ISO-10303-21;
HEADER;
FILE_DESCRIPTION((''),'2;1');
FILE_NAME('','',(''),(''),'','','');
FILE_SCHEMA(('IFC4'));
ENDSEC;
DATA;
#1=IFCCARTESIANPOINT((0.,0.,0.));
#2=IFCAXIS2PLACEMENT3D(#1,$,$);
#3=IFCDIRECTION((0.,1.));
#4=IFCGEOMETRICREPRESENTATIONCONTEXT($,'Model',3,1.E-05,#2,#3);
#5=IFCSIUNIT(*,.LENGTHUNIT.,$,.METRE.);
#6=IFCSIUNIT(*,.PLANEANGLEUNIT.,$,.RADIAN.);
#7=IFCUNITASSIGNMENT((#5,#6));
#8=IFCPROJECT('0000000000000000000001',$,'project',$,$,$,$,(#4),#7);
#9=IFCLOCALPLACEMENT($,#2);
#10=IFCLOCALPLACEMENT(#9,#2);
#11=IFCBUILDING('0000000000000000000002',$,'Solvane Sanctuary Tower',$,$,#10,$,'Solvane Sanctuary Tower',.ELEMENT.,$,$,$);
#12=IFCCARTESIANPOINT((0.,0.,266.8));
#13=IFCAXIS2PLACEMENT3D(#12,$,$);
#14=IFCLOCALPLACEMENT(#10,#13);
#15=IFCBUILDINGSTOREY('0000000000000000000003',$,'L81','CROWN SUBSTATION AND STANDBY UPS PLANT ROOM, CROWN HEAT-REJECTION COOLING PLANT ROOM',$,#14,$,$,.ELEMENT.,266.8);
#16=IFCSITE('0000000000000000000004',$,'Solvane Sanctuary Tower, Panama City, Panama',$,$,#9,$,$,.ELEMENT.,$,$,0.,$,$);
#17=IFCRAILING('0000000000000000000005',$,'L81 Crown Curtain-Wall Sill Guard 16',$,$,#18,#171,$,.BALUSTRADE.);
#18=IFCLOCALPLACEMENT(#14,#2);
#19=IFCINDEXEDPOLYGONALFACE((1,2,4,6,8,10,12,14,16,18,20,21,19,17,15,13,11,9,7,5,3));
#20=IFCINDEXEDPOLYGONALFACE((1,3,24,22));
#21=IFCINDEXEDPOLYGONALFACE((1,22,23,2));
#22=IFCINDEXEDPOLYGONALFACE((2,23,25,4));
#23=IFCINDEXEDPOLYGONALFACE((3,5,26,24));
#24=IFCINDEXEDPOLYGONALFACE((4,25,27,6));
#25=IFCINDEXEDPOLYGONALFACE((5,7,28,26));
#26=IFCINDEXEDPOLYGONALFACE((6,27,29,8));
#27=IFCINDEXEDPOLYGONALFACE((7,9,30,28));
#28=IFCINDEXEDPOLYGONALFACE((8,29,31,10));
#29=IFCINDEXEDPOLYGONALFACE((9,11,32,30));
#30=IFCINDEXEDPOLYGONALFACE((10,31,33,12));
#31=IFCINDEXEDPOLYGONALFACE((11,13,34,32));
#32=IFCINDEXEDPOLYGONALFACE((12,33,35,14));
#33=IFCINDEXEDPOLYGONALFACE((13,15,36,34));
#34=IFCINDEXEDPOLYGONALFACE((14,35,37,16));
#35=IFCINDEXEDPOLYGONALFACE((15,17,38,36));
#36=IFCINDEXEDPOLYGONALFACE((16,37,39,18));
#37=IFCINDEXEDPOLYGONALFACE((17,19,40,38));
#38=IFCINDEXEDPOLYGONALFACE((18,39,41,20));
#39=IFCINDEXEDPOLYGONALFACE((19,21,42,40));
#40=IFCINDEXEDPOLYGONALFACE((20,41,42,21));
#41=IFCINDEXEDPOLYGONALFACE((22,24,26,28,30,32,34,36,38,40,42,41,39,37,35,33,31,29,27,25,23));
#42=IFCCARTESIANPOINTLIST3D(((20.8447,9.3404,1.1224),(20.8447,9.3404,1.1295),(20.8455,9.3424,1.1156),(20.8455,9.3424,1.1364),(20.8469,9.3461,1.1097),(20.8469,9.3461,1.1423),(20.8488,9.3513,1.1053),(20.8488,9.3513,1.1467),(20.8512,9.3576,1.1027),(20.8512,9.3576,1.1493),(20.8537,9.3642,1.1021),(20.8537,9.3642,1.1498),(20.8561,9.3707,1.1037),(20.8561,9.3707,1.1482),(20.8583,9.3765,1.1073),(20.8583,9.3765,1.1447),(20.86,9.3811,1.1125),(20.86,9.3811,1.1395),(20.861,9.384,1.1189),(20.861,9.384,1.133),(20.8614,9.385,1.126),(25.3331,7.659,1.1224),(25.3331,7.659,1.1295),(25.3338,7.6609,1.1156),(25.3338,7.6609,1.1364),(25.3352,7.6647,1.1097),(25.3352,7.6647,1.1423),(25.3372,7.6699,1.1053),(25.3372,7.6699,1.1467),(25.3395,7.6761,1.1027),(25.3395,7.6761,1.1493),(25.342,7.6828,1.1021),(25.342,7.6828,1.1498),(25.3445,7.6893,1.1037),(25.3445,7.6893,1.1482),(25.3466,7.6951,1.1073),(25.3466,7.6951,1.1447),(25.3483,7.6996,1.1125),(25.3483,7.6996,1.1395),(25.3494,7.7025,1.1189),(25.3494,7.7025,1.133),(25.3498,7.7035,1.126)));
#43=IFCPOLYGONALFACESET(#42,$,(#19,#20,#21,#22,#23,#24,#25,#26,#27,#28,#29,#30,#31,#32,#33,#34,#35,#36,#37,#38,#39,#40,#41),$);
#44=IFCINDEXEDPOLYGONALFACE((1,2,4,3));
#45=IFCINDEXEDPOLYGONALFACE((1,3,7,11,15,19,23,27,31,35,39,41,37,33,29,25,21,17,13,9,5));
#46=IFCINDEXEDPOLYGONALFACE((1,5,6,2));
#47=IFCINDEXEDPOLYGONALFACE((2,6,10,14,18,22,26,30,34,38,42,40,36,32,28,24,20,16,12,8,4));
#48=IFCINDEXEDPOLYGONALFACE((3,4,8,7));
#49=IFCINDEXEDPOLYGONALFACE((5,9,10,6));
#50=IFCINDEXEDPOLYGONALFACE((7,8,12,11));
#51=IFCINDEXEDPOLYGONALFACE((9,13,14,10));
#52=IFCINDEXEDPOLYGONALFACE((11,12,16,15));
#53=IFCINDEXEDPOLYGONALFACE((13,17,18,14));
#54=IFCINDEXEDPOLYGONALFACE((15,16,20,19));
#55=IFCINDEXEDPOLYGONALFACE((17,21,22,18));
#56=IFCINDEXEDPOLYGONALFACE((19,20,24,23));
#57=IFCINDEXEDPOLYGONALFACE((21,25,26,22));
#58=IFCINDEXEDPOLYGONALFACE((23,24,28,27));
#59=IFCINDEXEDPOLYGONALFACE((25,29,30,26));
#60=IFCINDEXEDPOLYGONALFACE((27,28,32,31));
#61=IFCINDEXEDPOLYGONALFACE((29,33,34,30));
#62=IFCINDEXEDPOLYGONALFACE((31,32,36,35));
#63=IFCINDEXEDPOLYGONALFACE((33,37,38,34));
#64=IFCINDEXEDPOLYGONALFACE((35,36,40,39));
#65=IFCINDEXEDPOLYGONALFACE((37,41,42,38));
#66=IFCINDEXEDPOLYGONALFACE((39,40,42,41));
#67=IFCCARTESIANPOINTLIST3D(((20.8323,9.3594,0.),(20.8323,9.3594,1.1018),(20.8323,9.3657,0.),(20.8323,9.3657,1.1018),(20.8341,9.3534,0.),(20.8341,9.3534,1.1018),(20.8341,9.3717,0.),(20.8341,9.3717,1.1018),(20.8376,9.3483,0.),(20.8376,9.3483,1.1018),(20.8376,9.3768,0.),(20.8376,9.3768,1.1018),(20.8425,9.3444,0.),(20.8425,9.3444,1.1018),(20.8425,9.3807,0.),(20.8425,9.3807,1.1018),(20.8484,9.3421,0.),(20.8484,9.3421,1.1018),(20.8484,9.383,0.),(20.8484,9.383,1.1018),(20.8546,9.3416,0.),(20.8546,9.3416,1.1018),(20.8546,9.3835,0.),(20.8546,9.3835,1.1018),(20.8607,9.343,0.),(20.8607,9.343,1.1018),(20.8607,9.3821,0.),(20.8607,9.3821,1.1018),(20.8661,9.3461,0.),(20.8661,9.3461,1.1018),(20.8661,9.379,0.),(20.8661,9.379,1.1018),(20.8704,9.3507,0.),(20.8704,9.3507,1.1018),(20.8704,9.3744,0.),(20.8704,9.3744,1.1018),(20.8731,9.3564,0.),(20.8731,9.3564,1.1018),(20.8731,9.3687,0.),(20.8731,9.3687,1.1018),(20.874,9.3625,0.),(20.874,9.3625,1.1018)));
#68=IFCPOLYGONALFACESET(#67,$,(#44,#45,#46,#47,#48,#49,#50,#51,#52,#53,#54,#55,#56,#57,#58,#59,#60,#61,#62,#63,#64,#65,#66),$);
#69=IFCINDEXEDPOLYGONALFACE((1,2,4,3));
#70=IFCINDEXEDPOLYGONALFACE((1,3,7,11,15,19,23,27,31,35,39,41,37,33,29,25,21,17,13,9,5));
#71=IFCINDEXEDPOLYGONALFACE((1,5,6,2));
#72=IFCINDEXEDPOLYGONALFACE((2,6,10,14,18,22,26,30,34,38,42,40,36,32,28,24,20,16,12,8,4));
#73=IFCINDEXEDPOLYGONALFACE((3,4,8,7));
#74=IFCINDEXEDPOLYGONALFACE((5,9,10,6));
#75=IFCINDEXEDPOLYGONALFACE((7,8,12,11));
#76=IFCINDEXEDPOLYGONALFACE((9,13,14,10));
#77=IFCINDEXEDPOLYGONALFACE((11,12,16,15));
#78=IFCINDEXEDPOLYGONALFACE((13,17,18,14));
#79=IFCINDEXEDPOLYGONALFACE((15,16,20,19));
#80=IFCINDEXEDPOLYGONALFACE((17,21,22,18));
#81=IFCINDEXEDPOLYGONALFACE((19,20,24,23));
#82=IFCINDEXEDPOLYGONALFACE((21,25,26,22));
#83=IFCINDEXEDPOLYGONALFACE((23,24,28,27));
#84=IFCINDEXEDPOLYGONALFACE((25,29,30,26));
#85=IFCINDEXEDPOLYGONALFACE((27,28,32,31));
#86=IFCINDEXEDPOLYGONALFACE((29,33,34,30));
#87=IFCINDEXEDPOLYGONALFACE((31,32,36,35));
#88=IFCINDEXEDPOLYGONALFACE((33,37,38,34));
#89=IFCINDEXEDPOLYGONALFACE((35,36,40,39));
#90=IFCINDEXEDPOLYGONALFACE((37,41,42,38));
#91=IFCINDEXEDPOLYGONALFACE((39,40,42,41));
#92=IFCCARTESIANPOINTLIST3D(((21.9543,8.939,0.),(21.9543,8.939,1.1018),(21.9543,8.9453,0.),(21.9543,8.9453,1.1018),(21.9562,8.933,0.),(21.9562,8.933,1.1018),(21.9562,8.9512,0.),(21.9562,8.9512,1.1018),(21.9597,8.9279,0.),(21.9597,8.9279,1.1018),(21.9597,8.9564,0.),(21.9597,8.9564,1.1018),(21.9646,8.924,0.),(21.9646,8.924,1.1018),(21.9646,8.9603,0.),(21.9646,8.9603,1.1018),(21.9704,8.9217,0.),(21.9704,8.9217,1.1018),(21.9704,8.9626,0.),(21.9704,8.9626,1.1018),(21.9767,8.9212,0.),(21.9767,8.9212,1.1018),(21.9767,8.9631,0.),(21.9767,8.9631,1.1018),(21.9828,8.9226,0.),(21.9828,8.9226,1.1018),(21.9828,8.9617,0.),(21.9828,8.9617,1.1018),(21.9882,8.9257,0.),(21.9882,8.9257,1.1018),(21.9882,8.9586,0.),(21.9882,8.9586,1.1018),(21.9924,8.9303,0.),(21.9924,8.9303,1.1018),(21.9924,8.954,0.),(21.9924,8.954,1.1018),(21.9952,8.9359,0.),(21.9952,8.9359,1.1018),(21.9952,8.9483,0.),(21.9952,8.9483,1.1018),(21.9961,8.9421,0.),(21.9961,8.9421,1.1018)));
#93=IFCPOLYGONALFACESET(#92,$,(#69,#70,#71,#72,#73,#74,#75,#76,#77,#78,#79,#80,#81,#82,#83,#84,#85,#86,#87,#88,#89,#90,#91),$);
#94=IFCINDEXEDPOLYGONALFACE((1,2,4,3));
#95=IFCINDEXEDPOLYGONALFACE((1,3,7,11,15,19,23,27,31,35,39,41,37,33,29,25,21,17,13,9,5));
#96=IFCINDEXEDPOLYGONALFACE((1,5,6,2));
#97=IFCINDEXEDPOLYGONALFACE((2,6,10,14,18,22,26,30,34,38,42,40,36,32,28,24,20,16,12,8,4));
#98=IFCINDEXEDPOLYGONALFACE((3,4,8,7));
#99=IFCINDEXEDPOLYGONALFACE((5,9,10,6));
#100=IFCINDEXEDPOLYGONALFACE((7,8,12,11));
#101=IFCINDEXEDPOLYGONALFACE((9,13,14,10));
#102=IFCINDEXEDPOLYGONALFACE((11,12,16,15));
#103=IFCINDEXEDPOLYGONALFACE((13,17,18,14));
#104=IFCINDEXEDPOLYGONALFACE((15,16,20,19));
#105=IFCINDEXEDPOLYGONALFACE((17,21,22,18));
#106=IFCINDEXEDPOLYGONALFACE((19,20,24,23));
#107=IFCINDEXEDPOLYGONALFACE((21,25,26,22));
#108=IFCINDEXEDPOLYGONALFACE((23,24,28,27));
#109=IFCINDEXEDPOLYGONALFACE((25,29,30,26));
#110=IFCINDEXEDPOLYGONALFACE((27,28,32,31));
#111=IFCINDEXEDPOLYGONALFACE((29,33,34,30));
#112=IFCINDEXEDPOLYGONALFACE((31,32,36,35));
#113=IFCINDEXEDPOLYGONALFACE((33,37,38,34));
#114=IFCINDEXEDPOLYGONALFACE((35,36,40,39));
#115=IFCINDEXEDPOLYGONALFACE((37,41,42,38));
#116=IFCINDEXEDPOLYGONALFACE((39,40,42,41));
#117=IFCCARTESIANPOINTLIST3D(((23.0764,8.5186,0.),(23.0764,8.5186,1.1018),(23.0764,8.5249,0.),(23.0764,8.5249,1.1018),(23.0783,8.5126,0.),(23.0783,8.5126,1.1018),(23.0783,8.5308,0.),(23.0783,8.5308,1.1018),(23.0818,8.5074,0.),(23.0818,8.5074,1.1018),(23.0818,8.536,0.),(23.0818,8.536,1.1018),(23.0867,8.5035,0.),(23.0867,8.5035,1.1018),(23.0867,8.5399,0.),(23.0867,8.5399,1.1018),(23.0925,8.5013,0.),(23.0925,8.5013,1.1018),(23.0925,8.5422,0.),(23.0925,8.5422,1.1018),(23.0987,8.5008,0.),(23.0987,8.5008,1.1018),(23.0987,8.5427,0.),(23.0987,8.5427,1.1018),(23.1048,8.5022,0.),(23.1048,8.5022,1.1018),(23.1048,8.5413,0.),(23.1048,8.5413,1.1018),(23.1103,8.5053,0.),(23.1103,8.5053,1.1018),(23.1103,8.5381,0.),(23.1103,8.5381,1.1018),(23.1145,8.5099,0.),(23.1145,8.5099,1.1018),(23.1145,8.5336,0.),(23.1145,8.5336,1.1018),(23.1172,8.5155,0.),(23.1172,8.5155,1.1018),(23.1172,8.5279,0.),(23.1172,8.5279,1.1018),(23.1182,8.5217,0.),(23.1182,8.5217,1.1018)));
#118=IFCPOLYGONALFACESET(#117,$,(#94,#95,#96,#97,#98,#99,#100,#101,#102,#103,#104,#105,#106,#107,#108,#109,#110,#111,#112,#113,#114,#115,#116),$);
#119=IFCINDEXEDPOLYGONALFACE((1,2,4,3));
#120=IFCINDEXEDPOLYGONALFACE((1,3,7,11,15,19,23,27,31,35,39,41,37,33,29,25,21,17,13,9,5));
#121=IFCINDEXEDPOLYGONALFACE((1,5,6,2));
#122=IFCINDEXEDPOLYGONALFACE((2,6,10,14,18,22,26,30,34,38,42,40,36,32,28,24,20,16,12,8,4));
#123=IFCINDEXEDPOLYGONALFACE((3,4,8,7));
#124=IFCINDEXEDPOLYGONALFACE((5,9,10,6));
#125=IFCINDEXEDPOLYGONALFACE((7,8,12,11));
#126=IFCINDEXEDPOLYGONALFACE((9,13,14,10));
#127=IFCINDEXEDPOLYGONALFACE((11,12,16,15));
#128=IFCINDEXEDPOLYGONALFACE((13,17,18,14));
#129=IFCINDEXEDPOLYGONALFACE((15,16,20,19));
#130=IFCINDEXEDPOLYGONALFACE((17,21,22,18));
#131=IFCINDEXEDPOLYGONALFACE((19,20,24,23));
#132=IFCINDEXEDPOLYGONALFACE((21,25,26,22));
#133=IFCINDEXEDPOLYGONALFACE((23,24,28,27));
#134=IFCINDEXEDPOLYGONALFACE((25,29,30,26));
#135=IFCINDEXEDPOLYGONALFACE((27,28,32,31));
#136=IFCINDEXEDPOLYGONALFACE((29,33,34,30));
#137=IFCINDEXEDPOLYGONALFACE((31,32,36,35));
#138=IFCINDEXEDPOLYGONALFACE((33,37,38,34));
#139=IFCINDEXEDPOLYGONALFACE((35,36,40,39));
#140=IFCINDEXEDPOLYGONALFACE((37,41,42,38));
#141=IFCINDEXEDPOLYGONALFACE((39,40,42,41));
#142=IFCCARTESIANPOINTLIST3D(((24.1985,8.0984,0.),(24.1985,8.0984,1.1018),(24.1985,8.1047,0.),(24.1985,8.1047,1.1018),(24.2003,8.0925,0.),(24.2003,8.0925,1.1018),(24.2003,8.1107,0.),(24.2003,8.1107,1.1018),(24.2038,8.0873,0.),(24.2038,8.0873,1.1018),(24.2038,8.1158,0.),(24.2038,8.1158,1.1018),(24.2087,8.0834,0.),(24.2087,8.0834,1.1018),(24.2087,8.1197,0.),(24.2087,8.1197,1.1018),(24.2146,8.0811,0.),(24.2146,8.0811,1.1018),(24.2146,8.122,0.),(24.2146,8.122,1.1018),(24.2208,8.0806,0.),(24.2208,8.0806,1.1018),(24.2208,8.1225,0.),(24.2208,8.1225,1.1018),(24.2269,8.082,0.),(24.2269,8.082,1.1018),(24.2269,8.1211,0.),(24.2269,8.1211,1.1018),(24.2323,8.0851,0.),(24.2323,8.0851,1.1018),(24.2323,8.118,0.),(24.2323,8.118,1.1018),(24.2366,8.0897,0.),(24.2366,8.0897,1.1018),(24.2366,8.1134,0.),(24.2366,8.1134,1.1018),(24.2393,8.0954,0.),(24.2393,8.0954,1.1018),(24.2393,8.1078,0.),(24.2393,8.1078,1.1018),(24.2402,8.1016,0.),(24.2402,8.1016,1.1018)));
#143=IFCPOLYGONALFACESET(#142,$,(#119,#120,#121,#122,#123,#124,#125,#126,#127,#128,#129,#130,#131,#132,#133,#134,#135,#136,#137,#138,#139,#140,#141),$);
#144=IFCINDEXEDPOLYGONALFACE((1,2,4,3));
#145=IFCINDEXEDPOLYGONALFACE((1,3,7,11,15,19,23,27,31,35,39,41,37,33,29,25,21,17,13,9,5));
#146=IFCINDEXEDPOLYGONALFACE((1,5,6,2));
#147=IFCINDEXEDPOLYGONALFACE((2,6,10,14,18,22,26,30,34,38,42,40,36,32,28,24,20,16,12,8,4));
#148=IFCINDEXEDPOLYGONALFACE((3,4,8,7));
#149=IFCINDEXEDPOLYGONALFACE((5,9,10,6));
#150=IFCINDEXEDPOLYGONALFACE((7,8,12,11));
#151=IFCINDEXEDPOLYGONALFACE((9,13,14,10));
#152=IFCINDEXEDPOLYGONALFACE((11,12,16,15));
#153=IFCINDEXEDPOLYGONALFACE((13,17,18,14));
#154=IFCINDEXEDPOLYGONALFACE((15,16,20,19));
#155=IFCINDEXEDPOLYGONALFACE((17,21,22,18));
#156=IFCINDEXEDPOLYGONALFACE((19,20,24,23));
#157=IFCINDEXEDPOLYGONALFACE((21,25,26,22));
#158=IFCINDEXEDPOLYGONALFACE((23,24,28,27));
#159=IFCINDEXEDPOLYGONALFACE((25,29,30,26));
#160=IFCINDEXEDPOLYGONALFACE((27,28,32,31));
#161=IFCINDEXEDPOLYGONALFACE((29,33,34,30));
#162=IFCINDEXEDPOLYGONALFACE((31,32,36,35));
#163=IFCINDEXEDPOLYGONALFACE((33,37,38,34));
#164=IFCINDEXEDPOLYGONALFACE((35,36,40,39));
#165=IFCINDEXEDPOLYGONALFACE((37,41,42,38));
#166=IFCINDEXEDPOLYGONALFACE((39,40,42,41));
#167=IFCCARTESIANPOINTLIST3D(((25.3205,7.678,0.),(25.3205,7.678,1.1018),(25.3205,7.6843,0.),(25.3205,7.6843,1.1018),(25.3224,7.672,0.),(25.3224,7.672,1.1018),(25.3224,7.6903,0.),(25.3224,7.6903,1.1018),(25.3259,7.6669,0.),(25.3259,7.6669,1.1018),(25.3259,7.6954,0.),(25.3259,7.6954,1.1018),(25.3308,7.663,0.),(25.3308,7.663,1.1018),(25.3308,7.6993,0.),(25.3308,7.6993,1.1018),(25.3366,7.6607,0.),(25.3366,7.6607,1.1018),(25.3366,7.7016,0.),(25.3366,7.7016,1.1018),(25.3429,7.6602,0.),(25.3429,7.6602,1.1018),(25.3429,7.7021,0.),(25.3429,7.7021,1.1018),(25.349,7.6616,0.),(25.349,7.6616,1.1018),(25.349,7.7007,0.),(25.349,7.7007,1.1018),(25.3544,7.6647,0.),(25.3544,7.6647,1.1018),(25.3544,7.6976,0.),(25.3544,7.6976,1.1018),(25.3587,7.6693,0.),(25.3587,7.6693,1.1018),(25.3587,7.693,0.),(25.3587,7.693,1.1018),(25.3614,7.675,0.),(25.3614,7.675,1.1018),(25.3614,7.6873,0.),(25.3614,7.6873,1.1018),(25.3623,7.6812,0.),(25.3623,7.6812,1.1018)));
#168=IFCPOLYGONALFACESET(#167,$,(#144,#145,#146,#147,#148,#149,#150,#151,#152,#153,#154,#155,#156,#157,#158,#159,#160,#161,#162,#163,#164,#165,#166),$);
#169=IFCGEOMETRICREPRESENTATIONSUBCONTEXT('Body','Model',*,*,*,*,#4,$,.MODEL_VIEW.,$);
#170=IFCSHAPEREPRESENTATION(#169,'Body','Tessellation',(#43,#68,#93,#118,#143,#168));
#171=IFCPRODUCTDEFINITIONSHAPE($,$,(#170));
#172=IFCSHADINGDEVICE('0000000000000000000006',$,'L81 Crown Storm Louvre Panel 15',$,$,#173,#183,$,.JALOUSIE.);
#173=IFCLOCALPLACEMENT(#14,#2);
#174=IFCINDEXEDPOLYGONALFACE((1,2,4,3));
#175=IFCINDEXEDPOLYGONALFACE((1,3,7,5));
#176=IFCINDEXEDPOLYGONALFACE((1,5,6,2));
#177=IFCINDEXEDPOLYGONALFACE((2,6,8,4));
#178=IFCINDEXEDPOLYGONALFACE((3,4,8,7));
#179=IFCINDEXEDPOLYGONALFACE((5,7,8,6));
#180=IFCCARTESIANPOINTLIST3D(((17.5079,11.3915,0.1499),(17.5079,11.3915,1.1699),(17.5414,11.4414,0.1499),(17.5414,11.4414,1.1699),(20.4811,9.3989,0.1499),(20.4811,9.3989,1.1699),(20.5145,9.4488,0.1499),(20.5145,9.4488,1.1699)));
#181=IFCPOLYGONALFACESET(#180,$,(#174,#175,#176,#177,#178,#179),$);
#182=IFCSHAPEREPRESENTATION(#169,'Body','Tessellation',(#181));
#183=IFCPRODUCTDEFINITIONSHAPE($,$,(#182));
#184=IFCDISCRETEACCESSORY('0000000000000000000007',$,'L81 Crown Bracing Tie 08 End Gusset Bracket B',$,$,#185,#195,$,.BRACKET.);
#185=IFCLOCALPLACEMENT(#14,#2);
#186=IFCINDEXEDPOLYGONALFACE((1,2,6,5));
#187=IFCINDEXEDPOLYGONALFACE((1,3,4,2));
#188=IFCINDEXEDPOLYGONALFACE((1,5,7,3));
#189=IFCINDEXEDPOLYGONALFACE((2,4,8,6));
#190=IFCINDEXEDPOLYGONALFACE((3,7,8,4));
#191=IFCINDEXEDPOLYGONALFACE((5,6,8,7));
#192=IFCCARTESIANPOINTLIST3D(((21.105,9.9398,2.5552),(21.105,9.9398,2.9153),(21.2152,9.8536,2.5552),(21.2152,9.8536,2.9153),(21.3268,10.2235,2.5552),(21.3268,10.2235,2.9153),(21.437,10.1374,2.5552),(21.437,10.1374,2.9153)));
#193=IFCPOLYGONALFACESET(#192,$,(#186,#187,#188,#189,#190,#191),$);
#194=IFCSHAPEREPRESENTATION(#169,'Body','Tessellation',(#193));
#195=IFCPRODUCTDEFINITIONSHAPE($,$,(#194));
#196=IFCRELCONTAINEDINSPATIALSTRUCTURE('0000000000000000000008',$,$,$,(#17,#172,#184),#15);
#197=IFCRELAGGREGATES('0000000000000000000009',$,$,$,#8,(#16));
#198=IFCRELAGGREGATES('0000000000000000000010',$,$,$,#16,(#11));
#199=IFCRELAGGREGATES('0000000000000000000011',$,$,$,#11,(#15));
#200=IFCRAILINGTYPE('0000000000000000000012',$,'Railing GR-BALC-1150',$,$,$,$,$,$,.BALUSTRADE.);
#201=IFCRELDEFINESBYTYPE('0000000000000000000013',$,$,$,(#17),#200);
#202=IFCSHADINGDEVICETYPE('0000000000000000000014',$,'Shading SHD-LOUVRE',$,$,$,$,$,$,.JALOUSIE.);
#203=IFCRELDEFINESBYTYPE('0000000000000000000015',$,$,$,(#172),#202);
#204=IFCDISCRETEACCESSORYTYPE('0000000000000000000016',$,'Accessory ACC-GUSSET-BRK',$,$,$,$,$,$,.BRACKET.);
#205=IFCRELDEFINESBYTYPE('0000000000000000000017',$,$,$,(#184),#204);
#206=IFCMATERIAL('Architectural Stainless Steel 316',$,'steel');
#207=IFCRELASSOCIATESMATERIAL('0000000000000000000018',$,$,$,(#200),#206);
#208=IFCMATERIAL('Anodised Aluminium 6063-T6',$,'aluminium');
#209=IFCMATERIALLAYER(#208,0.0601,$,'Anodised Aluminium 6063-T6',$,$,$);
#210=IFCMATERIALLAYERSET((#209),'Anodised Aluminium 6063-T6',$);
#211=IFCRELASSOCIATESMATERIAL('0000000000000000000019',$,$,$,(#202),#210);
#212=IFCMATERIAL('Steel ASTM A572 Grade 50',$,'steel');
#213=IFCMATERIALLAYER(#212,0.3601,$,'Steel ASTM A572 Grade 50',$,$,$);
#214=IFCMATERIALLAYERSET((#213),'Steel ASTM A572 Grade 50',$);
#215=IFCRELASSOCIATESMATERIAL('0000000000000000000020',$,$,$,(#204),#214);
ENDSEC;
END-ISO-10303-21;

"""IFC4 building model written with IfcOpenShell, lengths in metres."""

from ifc_helpers import new_model, si_unit, direction, frame, origin, origin_2d, place, context, subcontext, project, spatial, rectangle, circle, extrude, material, layer, layer_set, type_object, element, save


model = new_model("IFC4")

# Units and contexts
model_context = context("Model", 3, precision=1e-05, world=origin(), true_north=direction((0.0, 1.0)))
body_context = subcontext(model_context, "Body", "Model", "MODEL_VIEW")
ifc_project = project(units=[si_unit("LENGTHUNIT", "METRE"), si_unit("PLANEANGLEUNIT", "RADIAN")], contexts=[model_context])

# Site, building, storey
site_placement = place(None, origin())
site = spatial("IfcSite", under=ifc_project, at=site_placement, Name="Solvane Sanctuary Tower, Panama City, Panama", CompositionType="ELEMENT", RefElevation=0.0)
building_placement = place(site_placement, origin())
building = spatial("IfcBuilding", under=site, at=building_placement, Name="Solvane Sanctuary Tower", LongName="Solvane Sanctuary Tower", CompositionType="ELEMENT")
storey_placement = place(building_placement, frame((0.0, 0.0, 266.8)))
storey = spatial("IfcBuildingStorey", under=building, at=storey_placement, Name="L81", Description="CROWN SUBSTATION AND STANDBY UPS PLANT ROOM, CROWN HEAT-REJECTION COOLING PLANT ROOM", CompositionType="ELEMENT", Elevation=266.8)

# Shared definitions
ifc_material_1 = material(Name="Anodised Aluminium 6063-T6", Category="aluminium")

# Railing
ifc_material_2 = material(Name="Architectural Stainless Steel 316", Category="steel")
railing_type = type_object("IfcRailingType", Name="Railing GR-BALC-1150", PredefinedType="BALUSTRADE", material=ifc_material_2)
railing_1_placement = place(storey_placement, frame((20.853, 9.3625, 0.0)))
element("IfcRailing", 1, at=railing_1_placement, inside=storey, type_object=railing_type, Name="L81 Crown Curtain-Wall Sill Guard 16", PredefinedType="BALUSTRADE", context=body_context, shape_type="SweptSolid", body=[
    extrude(circle(Radius=0.0239, at=origin_2d()), frame((0.0, 0.0, 1.126), z_axis=(0.936446, -0.350811, 0.0), x_axis=(0.350811, 0.936446, 0.0)), (0.0, 0.0, 1.0), 4.793),
    extrude(circle(Radius=0.021, at=origin_2d()), origin(), (0.0, 0.0, 1.0), 1.1018),
    extrude(circle(Radius=0.021, at=origin_2d()), frame((1.1221, -0.4204, 0.0)), (0.0, 0.0, 1.0), 1.1018),
    extrude(circle(Radius=0.021, at=origin_2d()), frame((2.2441, -0.8408, 0.0)), (0.0, 0.0, 1.0), 1.1018),
    extrude(circle(Radius=0.021, at=origin_2d()), frame((3.3662, -1.261, 0.0)), (0.0, 0.0, 1.0), 1.1018),
    extrude(circle(Radius=0.021, at=origin_2d()), frame((4.4883, -1.6814, 0.0)), (0.0, 0.0, 1.0), 1.1018),
])

# Shading device
ifc_layer_1 = layer(ifc_material_1, 0.0601, Name="Anodised Aluminium 6063-T6")
ifc_layer_set_1 = layer_set([ifc_layer_1], Name="Anodised Aluminium 6063-T6")
shading_device_type = type_object("IfcShadingDeviceType", Name="Shading SHD-LOUVRE", PredefinedType="JALOUSIE", material=ifc_layer_set_1)
shading_device_placement = place(storey_placement, frame((19.0112, 10.4202, 0.1499), z_axis=(0.0, 0.0, 1.0), x_axis=(0.830701, -0.556719, 0.0)))
element("IfcShadingDevice", 2, at=shading_device_placement, inside=storey, type_object=shading_device_type, Name="L81 Crown Storm Louvre Panel 15", PredefinedType="JALOUSIE", context=body_context, shape_type="SweptSolid", body=[
    extrude(rectangle(XDim=3.5791, YDim=0.0601, at=origin_2d()), origin(), (0.0, 0.0, 1.0), 1.02),
])

# Discrete accessory
ifc_material_3 = material(Name="Steel ASTM A572 Grade 50", Category="steel")
ifc_layer_2 = layer(ifc_material_3, 0.3601, Name="Steel ASTM A572 Grade 50")
ifc_layer_set_2 = layer_set([ifc_layer_2], Name="Steel ASTM A572 Grade 50")
discrete_accessory_type = type_object("IfcDiscreteAccessoryType", Name="Accessory ACC-GUSSET-BRK", PredefinedType="BRACKET", material=ifc_layer_set_2)
discrete_accessory_placement = place(storey_placement, frame((21.271, 10.0386, 2.5552), z_axis=(0.0, 0.0, 1.0), x_axis=(-0.615799, -0.787903, 0.0)))
element("IfcDiscreteAccessory", 3, at=discrete_accessory_placement, inside=storey, type_object=discrete_accessory_type, Name="L81 Crown Bracing Tie 08 End Gusset Bracket B", PredefinedType="BRACKET", context=body_context, shape_type="SweptSolid", body=[
    extrude(rectangle(XDim=0.3601, YDim=0.1399, at=origin_2d()), origin(), (0.0, 0.0, 1.0), 0.3601),
])

save(model, "model.ifc")
